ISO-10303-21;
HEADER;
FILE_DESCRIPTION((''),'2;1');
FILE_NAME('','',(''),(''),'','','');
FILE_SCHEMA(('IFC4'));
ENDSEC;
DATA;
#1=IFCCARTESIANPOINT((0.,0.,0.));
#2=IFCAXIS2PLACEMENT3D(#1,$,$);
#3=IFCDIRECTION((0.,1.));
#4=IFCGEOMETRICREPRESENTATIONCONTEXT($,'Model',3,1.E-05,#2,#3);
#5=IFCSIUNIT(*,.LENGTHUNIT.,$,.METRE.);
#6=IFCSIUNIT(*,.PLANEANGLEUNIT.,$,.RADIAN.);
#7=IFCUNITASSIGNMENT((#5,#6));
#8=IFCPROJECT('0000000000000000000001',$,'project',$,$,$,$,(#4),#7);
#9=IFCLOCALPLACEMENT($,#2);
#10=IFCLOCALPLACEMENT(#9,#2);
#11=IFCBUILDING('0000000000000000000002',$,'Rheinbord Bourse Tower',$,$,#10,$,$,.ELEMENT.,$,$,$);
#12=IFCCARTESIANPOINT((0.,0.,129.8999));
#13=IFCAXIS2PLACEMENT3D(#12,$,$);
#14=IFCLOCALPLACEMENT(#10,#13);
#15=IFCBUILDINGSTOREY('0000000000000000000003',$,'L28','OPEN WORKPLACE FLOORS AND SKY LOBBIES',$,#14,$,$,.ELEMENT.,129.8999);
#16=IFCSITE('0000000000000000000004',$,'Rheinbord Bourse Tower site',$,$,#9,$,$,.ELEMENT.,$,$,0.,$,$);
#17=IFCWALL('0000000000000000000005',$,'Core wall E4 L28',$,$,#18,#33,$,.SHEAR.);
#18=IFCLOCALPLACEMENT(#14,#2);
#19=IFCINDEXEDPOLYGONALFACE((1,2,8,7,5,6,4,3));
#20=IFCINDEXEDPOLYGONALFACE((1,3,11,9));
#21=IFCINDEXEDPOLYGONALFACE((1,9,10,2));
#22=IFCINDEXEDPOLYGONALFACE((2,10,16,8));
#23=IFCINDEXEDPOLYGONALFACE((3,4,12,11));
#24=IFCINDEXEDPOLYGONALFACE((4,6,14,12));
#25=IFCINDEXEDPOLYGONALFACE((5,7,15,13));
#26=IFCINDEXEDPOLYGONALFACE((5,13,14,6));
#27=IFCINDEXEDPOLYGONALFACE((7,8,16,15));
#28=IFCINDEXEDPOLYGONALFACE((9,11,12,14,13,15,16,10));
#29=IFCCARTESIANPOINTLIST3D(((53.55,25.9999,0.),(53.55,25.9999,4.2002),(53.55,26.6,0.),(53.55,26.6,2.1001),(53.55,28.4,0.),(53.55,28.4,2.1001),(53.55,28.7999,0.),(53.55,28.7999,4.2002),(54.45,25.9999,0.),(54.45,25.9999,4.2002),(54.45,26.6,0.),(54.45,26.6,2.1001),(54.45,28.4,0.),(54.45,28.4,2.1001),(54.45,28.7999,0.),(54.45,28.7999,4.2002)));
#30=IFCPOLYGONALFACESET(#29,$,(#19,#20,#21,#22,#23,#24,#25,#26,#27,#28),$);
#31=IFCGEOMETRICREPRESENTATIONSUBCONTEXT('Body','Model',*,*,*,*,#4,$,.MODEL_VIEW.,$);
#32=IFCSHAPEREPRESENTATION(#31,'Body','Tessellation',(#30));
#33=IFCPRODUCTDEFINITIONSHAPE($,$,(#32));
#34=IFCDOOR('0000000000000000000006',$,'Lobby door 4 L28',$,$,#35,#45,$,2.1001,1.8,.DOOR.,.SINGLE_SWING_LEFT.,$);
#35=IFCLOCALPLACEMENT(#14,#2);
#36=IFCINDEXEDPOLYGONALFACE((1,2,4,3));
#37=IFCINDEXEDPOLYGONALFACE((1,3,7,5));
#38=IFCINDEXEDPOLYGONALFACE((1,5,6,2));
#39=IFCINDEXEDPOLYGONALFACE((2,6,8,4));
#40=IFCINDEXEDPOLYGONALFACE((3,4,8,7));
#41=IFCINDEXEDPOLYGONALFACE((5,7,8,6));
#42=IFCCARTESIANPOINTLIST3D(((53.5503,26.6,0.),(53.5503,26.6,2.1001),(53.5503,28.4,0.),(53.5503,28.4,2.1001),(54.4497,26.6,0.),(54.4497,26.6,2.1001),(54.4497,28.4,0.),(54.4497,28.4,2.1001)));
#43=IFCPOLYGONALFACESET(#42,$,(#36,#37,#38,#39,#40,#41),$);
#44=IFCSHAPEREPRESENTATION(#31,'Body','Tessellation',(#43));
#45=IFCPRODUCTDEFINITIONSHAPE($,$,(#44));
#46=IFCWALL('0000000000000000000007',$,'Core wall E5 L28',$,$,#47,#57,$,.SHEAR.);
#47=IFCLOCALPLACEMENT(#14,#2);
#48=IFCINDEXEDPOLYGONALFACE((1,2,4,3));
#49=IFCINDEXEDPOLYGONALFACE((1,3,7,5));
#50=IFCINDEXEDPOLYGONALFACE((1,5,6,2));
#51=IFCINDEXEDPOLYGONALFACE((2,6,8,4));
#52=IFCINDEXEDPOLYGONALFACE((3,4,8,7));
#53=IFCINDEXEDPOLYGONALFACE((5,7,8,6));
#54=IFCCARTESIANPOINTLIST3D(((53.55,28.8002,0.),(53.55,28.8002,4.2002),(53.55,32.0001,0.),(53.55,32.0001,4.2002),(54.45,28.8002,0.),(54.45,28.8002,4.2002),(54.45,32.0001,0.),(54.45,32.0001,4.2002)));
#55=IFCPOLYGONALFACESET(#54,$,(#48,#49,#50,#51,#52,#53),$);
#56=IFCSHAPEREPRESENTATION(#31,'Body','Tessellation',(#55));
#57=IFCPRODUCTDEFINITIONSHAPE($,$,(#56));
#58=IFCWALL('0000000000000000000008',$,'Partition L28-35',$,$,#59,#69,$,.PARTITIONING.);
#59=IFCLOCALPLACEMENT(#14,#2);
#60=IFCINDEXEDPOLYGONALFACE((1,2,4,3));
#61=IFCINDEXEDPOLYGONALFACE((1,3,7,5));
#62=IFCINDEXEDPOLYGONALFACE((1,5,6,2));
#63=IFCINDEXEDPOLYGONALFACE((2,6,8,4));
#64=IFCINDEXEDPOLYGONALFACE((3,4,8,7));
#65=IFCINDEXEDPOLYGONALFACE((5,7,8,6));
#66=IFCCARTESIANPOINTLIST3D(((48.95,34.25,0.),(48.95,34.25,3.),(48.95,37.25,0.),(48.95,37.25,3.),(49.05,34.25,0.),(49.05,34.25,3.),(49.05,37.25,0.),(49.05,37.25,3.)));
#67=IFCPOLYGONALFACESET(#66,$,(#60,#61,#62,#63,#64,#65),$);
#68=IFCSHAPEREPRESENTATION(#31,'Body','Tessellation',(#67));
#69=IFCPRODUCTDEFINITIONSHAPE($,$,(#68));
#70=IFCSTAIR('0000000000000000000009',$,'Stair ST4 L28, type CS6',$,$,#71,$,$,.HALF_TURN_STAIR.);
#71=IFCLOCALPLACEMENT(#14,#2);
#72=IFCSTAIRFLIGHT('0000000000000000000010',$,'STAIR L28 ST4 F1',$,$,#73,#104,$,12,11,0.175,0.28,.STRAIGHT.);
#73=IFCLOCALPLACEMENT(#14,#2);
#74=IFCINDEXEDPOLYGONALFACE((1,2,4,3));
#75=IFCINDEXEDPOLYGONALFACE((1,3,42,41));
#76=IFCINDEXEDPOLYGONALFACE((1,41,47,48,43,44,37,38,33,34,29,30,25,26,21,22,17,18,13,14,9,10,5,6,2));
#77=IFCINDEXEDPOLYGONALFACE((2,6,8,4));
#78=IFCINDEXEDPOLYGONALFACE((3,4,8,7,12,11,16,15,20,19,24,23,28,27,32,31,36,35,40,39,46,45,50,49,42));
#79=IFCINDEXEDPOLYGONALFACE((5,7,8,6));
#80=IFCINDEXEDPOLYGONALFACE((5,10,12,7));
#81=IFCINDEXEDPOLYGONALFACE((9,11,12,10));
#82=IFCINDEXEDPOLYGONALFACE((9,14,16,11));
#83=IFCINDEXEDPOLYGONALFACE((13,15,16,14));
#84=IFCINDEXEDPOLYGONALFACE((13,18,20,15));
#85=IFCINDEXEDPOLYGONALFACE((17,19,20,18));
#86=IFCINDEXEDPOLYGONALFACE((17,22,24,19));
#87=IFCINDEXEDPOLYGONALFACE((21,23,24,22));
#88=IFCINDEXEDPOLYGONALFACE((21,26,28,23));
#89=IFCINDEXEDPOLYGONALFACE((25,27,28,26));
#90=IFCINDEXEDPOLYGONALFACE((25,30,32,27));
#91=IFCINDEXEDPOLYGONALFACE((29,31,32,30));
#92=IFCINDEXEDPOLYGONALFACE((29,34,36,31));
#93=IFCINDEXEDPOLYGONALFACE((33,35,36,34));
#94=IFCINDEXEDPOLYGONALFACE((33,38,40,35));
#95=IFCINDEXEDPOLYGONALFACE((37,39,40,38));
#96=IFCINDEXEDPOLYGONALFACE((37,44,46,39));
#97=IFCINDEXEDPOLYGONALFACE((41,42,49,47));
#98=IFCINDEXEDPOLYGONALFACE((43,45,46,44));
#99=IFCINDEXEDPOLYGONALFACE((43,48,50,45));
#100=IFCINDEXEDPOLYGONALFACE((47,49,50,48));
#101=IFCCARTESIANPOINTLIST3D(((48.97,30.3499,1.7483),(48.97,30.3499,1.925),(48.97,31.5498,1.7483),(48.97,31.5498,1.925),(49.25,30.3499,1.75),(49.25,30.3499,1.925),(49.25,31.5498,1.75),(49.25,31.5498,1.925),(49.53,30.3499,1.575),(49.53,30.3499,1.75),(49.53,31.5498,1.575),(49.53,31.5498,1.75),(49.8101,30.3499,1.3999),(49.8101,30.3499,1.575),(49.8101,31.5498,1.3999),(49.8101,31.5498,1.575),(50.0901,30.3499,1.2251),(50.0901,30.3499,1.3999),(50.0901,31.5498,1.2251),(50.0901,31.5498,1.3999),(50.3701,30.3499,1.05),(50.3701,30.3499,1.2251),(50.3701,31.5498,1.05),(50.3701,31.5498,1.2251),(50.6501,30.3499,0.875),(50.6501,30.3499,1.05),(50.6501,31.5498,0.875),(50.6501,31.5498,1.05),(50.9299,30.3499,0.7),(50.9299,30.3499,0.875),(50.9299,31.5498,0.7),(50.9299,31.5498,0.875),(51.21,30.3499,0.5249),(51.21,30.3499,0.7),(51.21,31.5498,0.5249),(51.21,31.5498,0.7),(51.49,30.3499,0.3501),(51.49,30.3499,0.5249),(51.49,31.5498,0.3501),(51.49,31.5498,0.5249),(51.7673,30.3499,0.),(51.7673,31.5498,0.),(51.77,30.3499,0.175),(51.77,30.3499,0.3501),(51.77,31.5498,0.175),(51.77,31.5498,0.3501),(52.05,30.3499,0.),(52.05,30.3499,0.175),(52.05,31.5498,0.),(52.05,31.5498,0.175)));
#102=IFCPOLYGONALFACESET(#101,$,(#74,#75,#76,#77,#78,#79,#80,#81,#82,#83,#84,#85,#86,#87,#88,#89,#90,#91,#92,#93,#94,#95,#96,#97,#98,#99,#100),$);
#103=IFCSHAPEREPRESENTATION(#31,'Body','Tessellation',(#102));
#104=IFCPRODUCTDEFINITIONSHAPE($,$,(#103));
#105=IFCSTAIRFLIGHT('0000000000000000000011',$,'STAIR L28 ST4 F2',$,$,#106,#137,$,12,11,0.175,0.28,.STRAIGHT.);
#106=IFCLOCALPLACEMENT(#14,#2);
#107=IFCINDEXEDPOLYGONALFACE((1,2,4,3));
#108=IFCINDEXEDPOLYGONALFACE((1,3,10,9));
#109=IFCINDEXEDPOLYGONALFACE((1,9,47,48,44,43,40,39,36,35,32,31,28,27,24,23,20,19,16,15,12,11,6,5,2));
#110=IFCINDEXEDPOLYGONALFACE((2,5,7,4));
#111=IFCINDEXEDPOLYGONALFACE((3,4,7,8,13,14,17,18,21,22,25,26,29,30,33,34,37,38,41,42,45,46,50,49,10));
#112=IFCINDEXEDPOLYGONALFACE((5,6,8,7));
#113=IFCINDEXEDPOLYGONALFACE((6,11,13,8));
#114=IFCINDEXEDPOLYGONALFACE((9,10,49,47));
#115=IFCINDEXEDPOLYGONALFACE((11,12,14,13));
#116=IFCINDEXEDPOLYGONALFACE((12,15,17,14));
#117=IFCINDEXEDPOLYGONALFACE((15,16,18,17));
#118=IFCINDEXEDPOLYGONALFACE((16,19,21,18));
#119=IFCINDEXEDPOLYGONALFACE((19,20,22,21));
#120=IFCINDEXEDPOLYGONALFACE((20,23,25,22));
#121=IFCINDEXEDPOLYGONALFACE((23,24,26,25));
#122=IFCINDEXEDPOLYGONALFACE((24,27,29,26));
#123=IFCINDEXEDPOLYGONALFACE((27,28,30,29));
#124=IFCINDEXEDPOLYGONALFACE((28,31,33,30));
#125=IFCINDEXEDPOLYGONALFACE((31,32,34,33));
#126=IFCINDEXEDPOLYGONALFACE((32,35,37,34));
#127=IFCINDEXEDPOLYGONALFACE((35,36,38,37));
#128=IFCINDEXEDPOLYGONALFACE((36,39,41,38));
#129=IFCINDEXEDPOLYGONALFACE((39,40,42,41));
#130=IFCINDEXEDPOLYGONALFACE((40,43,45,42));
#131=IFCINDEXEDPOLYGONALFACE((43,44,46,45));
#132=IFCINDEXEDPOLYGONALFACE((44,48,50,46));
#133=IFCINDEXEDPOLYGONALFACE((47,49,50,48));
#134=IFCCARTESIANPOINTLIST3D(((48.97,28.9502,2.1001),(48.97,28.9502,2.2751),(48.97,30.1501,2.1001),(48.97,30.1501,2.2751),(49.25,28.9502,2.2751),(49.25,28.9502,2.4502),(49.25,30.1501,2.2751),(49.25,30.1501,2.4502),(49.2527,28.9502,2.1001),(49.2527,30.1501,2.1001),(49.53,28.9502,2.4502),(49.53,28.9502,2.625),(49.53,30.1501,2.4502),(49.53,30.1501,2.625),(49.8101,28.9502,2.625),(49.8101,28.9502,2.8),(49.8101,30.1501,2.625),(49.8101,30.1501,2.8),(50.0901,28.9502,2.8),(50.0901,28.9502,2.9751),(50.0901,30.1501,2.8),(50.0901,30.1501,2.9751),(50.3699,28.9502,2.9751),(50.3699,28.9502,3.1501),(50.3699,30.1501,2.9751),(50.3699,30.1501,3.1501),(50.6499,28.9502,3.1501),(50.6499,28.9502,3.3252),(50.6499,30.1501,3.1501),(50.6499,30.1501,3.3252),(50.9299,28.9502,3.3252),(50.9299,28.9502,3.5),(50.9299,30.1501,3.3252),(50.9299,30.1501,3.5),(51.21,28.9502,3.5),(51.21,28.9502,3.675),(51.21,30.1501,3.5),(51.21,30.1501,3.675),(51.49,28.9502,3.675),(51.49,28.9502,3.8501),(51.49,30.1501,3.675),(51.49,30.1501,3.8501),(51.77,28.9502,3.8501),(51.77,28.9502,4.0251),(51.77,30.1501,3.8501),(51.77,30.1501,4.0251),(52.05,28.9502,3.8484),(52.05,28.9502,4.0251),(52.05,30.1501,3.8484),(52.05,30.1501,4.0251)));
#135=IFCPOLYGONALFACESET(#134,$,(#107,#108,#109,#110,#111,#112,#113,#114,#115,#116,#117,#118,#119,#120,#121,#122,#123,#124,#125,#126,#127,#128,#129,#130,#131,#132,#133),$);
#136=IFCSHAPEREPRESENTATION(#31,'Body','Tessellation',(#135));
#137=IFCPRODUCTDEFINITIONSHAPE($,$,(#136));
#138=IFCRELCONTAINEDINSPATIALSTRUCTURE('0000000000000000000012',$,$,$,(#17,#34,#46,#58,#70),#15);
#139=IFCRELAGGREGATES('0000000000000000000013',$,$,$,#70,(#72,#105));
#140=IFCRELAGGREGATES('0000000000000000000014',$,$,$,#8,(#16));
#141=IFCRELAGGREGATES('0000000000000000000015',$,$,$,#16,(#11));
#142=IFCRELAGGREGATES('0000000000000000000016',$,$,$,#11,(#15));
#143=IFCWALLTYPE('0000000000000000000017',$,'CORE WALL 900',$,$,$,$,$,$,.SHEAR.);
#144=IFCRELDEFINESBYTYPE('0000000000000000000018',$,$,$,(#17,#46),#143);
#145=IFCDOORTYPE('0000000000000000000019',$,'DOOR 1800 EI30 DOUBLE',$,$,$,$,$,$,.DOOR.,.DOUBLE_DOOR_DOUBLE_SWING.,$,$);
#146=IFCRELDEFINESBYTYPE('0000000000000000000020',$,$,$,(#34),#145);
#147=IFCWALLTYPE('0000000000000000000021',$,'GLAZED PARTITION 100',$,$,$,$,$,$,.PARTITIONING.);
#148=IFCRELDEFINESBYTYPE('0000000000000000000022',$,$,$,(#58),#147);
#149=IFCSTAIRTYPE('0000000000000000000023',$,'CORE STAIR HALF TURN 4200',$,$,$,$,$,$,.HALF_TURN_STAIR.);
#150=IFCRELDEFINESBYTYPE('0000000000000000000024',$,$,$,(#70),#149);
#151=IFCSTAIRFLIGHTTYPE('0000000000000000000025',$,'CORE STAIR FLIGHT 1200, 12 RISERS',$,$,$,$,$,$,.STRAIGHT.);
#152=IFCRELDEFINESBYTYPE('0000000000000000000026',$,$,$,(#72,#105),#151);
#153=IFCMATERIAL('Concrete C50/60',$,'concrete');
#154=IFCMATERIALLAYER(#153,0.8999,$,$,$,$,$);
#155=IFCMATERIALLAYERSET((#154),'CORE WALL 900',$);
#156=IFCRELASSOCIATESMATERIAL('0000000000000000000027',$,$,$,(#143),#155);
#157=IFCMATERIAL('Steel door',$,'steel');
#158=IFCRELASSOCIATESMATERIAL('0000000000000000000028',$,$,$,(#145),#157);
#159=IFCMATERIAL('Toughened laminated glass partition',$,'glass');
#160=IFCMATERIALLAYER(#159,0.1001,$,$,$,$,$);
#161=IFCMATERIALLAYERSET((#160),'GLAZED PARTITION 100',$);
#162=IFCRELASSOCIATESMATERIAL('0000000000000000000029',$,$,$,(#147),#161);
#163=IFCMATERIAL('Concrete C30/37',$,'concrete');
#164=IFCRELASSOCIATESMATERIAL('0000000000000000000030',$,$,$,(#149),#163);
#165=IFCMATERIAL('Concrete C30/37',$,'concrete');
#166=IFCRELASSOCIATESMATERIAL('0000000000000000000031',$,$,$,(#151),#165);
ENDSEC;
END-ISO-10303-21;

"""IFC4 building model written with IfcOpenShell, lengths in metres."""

from ifc_helpers import new_model, si_unit, direction, frame, frame_2d, origin, place, context, subcontext, project, spatial, polyline, rectangle, outline, extrude, material, layer, layer_set, type_object, element, fill, aggregate, save


model = new_model("IFC4")

# Units and contexts
model_context = context("Model", 3, precision=1e-05, world=origin(), true_north=direction((0.0, 1.0)))
body_context = subcontext(model_context, "Body", "Model", "MODEL_VIEW")
ifc_project = project(units=[si_unit("LENGTHUNIT", "METRE"), si_unit("PLANEANGLEUNIT", "RADIAN")], contexts=[model_context])

# Site, building, storey
site_placement = place(None, origin())
site = spatial("IfcSite", under=ifc_project, at=site_placement, Name="Rheinbord Bourse Tower site", CompositionType="ELEMENT", RefElevation=0.0)
building_placement = place(site_placement, origin())
building = spatial("IfcBuilding", under=site, at=building_placement, Name="Rheinbord Bourse Tower", CompositionType="ELEMENT")
storey_placement = place(building_placement, frame((0.0, 0.0, 129.8999)))
storey = spatial("IfcBuildingStorey", under=building, at=storey_placement, Name="L28", Description="OPEN WORKPLACE FLOORS AND SKY LOBBIES", CompositionType="ELEMENT", Elevation=129.8999)

# Shared definitions
ifc_material_1 = material(Name="Concrete C50/60", Category="concrete")
ifc_layer_1 = layer(ifc_material_1, 0.8999)
ifc_layer_set_1 = layer_set([ifc_layer_1], Name="CORE WALL 900")
wall_type_1 = type_object("IfcWallType", Name="CORE WALL 900", PredefinedType="SHEAR", material=ifc_layer_set_1)

# Wall, opening, door
wall_1_placement = place(storey_placement, frame((54.0, 26.0, 0.0), z_axis=(0.0, 0.0, 1.0), x_axis=(0.0, 1.0, 0.0)))
wall_1 = element("IfcWall", 1, at=wall_1_placement, inside=storey, type_object=wall_type_1, Name="Core wall E4 L28", PredefinedType="SHEAR", context=body_context, shape_type="SweptSolid", body=[
    extrude(rectangle(XDim=2.8, YDim=0.8999, at=frame_2d((1.3999, 0.0))), origin(), (0.0, 0.0, 1.0), 4.2002),
])
opening_placement = place(wall_1_placement, frame((0.6001, 0.0, 0.0)))
opening = element("IfcOpeningElement", 2, at=opening_placement, cuts=wall_1, PredefinedType="OPENING", context=body_context, shape_type="SweptSolid", body=[
    extrude(rectangle(XDim=1.8, YDim=2.1001, at=frame_2d((0.8999, 1.05))), frame((0.0, 0.46, 0.0), z_axis=(0.0, -1.0, 0.0), x_axis=(1.0, 0.0, 0.0)), (0.0, 0.0, 1.0), 0.9199),
])
ifc_material_2 = material(Name="Steel door", Category="steel")
door_type = type_object("IfcDoorType", Name="DOOR 1800 EI30 DOUBLE", OperationType="DOUBLE_DOOR_DOUBLE_SWING", PredefinedType="DOOR", material=ifc_material_2)
door_placement = place(opening_placement, origin())
door = element("IfcDoor", 3, at=door_placement, inside=storey, type_object=door_type, Name="Lobby door 4 L28", OperationType="SINGLE_SWING_LEFT", OverallHeight=2.1001, OverallWidth=1.8, PredefinedType="DOOR", context=body_context, shape_type="SweptSolid", body=[
    extrude(rectangle(XDim=1.8, YDim=2.1001, at=frame_2d((0.8999, 1.05))), frame((0.0, 0.4497, 0.0), z_axis=(0.0, -1.0, 0.0), x_axis=(1.0, 0.0, 0.0)), (0.0, 0.0, 1.0), 0.8994),
])
fill(opening, door)

# Walls
wall_2_placement = place(storey_placement, frame((54.0, 28.8, 0.0), z_axis=(0.0, 0.0, 1.0), x_axis=(0.0, 1.0, 0.0)))
element("IfcWall", 4, at=wall_2_placement, inside=storey, type_object=wall_type_1, Name="Core wall E5 L28", PredefinedType="SHEAR", context=body_context, shape_type="SweptSolid", body=[
    extrude(rectangle(XDim=3.2, YDim=0.8999, at=frame_2d((1.6001, 0.0))), origin(), (0.0, 0.0, 1.0), 4.2002),
])
ifc_material_3 = material(Name="Toughened laminated glass partition", Category="glass")
ifc_layer_2 = layer(ifc_material_3, 0.1001)
ifc_layer_set_2 = layer_set([ifc_layer_2], Name="GLAZED PARTITION 100")
wall_type_2 = type_object("IfcWallType", Name="GLAZED PARTITION 100", PredefinedType="PARTITIONING", material=ifc_layer_set_2)
wall_3_placement = place(storey_placement, frame((49.0, 34.25, 0.0), z_axis=(0.0, 0.0, 1.0), x_axis=(0.0, 1.0, 0.0)))
element("IfcWall", 5, at=wall_3_placement, inside=storey, type_object=wall_type_2, Name="Partition L28-35", PredefinedType="PARTITIONING", context=body_context, shape_type="SweptSolid", body=[
    extrude(rectangle(XDim=3.0, YDim=0.1001, at=frame_2d((1.5, 0.0))), origin(), (0.0, 0.0, 1.0), 3.0),
])

# Stair, stair flights
ifc_material_4 = material(Name="Concrete C30/37", Category="concrete")
stair_type = type_object("IfcStairType", Name="CORE STAIR HALF TURN 4200", PredefinedType="HALF_TURN_STAIR", material=ifc_material_4)
stair_placement = place(storey_placement, origin())
stair = element("IfcStair", 6, at=stair_placement, inside=storey, type_object=stair_type, Name="Stair ST4 L28, type CS6", PredefinedType="HALF_TURN_STAIR")
ifc_material_5 = material(Name="Concrete C30/37", Category="concrete")
stair_flight_type = type_object("IfcStairFlightType", Name="CORE STAIR FLIGHT 1200, 12 RISERS", PredefinedType="STRAIGHT", material=ifc_material_5)
stair_flight_1_placement = place(storey_placement, frame((52.05, 30.95, 0.0), z_axis=(0.0, 0.0, 1.0), x_axis=(-1.0, 0.0, 0.0)))
stair_flight_1 = element("IfcStairFlight", 7, at=stair_flight_1_placement, type_object=stair_flight_type, Name="STAIR L28 ST4 F1", NumberOfRisers=12, NumberOfTreads=11, PredefinedType="STRAIGHT", RiserHeight=0.175, TreadLength=0.28, context=body_context, shape_type="SweptSolid", body=[
    extrude(outline(polyline([(0.0, 0.0), (0.0, 0.175), (0.28, 0.175), (0.28, 0.3501), (0.5601, 0.3501), (0.5601, 0.5249), (0.8401, 0.5249), (0.8401, 0.7), (1.1201, 0.7), (1.1201, 0.875), (1.3999, 0.875), (1.3999, 1.05), (1.6799, 1.05), (1.6799, 1.2251), (1.96, 1.2251), (1.96, 1.3999), (2.24, 1.3999), (2.24, 1.575), (2.52, 1.575), (2.52, 1.75), (2.8, 1.75), (2.8, 1.925), (3.0801, 1.925), (3.0801, 2.1001), (3.0801, 1.7483), (0.2827, 0.0), (0.0, 0.0)])), frame((0.0, 0.6001, 0.0), z_axis=(0.0, -1.0, 0.0), x_axis=(1.0, 0.0, 0.0)), (0.0, 0.0, 1.0), 1.2),
])
stair_flight_2_placement = place(storey_placement, frame((48.97, 29.55, 2.1001), z_axis=(0.0, 0.0, 1.0), x_axis=(1.0, 0.0, 0.0)))
stair_flight_2 = element("IfcStairFlight", 8, at=stair_flight_2_placement, type_object=stair_flight_type, Name="STAIR L28 ST4 F2", NumberOfRisers=12, NumberOfTreads=11, PredefinedType="STRAIGHT", RiserHeight=0.175, TreadLength=0.28, context=body_context, shape_type="SweptSolid", body=[
    extrude(outline(polyline([(0.0, 0.0), (0.0, 0.175), (0.28, 0.175), (0.28, 0.3501), (0.5601, 0.3501), (0.5601, 0.5249), (0.8401, 0.5249), (0.8401, 0.7), (1.1201, 0.7), (1.1201, 0.875), (1.3999, 0.875), (1.3999, 1.05), (1.6799, 1.05), (1.6799, 1.2251), (1.96, 1.2251), (1.96, 1.3999), (2.24, 1.3999), (2.24, 1.575), (2.52, 1.575), (2.52, 1.75), (2.8, 1.75), (2.8, 1.925), (3.0801, 1.925), (3.0801, 2.1001), (3.0801, 1.7483), (0.2827, 0.0), (0.0, 0.0)])), frame((0.0, 0.6001, 0.0), z_axis=(0.0, -1.0, 0.0), x_axis=(1.0, 0.0, 0.0)), (0.0, 0.0, 1.0), 1.2),
])
aggregate(stair, [stair_flight_1, stair_flight_2])

save(model, "model.ifc")
